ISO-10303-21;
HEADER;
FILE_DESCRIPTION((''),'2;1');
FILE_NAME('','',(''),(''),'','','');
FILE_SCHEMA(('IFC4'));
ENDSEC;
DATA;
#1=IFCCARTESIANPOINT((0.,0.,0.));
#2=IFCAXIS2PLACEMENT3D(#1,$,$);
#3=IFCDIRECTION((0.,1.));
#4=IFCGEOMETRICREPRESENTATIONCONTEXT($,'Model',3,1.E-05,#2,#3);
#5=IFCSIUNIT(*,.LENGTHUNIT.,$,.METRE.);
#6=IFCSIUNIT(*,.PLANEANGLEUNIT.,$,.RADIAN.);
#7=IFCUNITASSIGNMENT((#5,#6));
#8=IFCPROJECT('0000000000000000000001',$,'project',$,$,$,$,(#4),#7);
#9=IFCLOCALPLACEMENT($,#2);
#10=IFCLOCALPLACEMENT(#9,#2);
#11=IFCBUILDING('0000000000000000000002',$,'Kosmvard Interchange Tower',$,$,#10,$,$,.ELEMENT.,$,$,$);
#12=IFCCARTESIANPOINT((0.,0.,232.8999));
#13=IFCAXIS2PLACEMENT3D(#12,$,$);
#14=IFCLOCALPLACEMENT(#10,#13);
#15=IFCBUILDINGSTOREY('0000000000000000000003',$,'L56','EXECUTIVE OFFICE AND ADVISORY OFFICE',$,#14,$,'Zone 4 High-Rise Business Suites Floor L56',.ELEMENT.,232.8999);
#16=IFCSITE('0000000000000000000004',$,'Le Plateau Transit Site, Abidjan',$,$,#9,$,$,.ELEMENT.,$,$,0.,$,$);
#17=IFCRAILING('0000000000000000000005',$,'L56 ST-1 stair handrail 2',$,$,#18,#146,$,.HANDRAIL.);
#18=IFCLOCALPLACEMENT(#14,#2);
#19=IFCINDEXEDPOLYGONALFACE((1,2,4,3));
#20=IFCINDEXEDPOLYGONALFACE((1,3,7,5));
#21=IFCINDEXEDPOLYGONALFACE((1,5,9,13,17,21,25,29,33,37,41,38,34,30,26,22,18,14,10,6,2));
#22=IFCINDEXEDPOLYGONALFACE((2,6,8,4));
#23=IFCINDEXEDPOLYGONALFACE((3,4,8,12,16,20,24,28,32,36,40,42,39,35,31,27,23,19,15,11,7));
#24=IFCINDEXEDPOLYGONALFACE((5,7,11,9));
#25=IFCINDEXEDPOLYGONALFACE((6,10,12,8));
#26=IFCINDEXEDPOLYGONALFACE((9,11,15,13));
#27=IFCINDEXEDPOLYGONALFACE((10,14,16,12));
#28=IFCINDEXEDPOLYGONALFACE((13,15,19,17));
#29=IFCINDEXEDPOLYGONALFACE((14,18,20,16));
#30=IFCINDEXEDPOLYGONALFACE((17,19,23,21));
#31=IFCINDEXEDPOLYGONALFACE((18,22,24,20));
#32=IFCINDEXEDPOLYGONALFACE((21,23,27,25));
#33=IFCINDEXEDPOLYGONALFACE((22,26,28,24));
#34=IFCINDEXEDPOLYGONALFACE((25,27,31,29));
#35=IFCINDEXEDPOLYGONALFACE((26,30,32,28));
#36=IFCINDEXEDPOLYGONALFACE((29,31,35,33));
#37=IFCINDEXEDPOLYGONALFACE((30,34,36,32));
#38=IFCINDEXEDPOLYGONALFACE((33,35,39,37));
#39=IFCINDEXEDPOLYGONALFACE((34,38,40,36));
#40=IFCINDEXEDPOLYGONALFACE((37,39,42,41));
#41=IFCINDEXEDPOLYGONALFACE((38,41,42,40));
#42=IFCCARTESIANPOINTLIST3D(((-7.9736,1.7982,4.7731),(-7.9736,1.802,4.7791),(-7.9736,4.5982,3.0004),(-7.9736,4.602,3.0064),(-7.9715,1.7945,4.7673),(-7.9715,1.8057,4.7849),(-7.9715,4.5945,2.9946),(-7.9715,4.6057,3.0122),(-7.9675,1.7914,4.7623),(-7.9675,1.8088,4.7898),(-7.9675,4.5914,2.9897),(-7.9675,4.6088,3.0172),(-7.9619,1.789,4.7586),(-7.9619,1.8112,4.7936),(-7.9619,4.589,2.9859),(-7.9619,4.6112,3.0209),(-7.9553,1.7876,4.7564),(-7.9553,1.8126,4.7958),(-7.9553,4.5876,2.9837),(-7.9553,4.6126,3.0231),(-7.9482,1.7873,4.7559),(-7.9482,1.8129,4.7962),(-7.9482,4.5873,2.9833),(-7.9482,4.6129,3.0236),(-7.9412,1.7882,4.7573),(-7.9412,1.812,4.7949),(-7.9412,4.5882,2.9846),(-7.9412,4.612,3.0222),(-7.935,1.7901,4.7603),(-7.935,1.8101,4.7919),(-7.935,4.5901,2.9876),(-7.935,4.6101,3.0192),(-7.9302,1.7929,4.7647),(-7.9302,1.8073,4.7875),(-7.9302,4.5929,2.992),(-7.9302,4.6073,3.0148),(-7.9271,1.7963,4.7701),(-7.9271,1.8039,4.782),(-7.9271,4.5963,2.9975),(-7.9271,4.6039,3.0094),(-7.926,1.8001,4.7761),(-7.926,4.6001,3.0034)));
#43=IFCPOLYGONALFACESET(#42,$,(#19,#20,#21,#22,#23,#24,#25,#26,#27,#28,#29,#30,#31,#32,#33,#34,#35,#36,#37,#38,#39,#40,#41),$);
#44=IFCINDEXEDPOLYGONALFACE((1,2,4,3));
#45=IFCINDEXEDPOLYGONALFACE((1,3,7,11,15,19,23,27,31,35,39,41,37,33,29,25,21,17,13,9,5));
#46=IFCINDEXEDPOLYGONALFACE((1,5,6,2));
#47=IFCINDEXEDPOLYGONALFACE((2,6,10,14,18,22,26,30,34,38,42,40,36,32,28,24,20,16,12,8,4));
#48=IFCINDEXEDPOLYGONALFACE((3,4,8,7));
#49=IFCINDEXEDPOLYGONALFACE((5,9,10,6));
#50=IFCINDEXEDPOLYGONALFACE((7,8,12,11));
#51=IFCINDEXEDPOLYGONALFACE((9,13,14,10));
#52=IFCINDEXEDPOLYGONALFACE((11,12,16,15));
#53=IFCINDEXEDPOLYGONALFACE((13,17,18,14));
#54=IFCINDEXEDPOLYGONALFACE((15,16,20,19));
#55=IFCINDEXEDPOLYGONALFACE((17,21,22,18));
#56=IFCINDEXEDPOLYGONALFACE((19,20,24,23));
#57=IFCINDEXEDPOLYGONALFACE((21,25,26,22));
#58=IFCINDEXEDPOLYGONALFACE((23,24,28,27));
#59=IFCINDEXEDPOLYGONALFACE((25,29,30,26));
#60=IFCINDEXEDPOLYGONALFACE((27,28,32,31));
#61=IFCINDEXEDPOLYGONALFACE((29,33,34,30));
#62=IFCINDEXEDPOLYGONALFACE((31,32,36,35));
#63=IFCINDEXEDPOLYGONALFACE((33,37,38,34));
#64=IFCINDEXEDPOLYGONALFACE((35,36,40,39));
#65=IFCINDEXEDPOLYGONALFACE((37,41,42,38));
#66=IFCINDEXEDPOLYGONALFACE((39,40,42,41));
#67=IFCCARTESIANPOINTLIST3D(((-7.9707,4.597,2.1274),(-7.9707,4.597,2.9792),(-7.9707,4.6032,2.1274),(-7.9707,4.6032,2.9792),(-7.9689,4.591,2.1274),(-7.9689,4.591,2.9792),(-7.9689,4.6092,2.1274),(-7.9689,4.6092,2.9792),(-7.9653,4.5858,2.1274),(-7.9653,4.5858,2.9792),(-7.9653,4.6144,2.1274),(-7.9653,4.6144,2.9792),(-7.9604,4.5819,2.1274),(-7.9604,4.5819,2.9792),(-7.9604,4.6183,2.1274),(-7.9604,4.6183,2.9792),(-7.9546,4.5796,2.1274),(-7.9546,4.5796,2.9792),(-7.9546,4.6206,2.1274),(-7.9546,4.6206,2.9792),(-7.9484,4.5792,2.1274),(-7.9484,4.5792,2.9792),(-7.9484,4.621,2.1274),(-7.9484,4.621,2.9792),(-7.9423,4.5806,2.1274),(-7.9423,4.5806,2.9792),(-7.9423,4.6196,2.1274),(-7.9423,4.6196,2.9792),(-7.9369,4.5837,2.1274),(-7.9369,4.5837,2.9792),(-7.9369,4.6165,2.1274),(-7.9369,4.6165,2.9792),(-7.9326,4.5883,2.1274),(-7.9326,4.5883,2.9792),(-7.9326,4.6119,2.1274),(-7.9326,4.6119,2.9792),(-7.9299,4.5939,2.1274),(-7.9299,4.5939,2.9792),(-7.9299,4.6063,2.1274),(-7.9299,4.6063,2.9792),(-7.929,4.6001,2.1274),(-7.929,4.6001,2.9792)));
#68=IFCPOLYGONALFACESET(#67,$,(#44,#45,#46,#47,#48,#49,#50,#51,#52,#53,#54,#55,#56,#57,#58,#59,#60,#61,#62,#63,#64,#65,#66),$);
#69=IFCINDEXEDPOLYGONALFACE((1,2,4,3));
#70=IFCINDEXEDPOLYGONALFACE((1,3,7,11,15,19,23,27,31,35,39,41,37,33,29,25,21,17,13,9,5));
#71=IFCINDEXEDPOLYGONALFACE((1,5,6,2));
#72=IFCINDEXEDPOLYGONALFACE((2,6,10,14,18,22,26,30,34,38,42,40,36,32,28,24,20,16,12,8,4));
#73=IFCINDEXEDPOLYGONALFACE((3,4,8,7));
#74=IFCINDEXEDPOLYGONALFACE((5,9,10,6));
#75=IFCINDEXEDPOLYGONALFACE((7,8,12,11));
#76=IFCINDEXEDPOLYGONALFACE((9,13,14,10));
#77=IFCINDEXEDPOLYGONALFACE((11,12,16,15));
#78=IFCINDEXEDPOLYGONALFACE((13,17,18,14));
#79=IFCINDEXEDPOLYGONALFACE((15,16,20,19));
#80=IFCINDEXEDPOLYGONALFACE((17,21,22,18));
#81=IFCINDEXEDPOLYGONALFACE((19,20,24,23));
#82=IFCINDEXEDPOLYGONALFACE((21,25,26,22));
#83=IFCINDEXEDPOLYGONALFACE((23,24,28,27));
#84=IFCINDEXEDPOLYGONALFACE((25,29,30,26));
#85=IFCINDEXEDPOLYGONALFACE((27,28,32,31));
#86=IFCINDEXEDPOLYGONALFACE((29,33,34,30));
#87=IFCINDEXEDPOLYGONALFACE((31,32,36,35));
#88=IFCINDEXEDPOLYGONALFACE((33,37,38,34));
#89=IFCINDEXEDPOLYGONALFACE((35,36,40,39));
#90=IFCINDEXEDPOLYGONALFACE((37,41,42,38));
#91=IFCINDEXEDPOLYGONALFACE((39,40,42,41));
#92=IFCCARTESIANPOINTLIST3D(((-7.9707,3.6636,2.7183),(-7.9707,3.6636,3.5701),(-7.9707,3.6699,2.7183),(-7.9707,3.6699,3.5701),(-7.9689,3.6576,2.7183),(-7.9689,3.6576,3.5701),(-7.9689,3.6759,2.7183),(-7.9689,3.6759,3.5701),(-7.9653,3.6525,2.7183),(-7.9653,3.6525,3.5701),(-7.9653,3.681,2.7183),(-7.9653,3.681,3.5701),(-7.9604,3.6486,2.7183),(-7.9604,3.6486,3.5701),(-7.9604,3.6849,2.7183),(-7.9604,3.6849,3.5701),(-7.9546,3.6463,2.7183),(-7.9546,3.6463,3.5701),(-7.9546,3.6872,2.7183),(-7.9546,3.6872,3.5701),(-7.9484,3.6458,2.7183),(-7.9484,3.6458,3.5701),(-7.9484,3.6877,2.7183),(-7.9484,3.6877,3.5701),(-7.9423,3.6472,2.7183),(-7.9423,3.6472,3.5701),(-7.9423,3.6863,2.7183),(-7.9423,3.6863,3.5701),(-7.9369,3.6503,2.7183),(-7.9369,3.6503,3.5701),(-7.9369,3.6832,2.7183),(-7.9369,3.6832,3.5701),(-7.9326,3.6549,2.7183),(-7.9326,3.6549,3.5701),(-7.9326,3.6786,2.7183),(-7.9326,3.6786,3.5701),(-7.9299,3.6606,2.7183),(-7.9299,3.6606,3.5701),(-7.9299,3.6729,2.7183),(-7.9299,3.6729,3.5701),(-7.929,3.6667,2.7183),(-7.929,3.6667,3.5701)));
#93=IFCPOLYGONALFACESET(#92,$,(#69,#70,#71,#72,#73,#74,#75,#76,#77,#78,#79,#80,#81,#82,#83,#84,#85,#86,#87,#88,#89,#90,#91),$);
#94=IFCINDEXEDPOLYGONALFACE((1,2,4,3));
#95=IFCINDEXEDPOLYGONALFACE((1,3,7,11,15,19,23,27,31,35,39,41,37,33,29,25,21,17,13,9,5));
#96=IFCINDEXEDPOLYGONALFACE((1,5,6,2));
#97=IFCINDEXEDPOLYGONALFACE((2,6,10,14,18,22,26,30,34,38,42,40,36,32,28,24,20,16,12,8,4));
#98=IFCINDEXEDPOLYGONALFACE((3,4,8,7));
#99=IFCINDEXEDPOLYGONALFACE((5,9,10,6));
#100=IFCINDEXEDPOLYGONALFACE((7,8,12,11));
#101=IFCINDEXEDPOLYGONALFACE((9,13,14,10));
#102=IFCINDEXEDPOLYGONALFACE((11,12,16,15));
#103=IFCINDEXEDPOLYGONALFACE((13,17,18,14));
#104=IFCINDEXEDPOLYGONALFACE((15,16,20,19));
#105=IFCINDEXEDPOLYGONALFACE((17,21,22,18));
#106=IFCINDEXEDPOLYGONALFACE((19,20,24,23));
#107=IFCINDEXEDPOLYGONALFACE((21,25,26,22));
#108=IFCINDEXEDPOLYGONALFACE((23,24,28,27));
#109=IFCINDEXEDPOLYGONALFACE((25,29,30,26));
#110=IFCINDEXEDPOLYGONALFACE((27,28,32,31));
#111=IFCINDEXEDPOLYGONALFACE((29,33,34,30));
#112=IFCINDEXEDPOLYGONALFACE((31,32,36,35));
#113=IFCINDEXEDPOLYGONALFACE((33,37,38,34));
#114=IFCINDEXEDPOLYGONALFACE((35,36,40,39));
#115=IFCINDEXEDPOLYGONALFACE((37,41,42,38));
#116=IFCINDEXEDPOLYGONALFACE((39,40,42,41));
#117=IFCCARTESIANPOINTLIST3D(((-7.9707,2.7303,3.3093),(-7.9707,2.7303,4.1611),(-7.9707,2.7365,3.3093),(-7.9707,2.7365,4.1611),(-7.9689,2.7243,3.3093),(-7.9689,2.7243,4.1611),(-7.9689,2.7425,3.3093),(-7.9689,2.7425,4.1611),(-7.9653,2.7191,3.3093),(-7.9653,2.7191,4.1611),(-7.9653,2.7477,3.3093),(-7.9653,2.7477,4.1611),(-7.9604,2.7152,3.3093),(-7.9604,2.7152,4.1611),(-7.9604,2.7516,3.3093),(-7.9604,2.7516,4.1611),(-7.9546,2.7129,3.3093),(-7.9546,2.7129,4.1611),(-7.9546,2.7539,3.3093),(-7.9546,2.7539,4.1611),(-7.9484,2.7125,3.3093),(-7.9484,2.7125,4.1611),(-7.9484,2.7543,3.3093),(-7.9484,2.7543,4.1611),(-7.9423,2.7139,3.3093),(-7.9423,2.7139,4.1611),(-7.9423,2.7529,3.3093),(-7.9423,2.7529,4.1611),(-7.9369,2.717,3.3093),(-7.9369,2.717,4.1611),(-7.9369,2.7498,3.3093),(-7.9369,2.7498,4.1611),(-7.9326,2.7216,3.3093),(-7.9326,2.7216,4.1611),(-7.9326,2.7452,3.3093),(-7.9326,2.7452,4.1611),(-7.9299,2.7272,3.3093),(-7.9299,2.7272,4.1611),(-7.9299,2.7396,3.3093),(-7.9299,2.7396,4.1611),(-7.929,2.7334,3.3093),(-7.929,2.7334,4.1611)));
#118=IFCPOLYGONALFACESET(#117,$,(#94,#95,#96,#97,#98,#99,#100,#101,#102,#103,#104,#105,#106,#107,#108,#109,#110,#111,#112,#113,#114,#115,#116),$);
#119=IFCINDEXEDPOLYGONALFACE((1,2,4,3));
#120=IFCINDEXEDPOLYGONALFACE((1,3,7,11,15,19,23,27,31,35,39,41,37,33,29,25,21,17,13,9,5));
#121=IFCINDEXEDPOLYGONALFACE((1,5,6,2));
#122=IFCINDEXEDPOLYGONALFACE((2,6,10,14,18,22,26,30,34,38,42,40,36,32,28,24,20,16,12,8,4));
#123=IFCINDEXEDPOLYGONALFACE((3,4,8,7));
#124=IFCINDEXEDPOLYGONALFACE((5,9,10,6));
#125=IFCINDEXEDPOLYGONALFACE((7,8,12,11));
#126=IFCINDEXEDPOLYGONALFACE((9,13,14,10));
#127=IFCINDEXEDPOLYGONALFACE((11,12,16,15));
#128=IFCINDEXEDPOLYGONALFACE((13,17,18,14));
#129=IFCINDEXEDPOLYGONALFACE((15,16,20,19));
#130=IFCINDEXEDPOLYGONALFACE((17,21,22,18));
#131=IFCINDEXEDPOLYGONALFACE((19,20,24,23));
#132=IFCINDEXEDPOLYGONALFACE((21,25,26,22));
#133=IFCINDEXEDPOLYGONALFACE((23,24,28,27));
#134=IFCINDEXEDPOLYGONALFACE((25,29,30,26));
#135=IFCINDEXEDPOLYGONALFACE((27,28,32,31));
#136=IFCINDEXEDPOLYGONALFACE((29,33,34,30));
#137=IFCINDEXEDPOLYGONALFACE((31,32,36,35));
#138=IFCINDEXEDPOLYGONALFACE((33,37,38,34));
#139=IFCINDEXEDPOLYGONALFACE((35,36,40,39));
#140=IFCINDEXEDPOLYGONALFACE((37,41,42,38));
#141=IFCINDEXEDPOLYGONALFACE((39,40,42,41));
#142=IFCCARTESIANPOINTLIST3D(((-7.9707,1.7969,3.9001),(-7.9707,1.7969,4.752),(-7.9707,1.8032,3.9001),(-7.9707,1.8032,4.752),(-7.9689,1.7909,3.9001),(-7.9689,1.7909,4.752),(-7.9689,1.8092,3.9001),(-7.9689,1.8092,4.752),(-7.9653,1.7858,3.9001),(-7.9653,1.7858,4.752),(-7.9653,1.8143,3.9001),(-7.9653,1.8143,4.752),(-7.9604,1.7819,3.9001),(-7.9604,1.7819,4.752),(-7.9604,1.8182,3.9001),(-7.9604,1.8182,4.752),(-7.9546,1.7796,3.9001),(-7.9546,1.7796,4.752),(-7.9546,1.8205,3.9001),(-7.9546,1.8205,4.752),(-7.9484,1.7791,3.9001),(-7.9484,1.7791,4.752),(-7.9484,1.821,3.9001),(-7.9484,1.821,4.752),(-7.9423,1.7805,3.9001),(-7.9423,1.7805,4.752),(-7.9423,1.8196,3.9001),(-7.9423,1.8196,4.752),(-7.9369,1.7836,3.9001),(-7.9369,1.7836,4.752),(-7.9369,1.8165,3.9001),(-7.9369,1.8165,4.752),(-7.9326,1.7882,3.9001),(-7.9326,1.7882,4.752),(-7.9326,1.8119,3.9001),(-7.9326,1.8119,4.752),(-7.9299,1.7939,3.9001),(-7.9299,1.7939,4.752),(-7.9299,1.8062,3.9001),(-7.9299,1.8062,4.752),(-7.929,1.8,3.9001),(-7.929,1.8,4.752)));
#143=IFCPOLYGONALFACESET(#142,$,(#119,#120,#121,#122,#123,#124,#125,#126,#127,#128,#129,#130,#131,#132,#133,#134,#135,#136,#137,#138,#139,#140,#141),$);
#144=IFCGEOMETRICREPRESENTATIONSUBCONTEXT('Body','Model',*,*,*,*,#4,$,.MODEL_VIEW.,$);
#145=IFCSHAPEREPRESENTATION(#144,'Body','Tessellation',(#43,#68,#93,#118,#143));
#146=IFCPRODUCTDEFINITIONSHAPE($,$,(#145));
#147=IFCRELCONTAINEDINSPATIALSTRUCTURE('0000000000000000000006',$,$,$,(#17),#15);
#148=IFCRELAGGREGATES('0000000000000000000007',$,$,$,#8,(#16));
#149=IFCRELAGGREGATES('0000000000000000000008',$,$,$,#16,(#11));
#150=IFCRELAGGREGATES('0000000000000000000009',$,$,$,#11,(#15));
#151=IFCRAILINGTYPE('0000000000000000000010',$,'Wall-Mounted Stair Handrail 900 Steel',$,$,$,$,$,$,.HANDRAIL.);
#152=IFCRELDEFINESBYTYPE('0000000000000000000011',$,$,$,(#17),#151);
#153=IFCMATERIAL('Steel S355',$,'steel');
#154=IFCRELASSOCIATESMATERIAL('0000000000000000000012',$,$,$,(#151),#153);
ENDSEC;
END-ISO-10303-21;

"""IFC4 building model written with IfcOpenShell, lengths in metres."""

from ifc_helpers import new_model, si_unit, direction, frame, origin, origin_2d, place, context, subcontext, project, spatial, circle, extrude, source, transform, mapped, material, type_object, element, save


model = new_model("IFC4")

# Units and contexts
model_context = context("Model", 3, precision=1e-05, world=origin(), true_north=direction((0.0, 1.0)))
body_context = subcontext(model_context, "Body", "Model", "MODEL_VIEW")
ifc_project = project(units=[si_unit("LENGTHUNIT", "METRE"), si_unit("PLANEANGLEUNIT", "RADIAN")], contexts=[model_context])

# Site, building, storey
site_placement = place(None, origin())
site = spatial("IfcSite", under=ifc_project, at=site_placement, Name="Le Plateau Transit Site, Abidjan", CompositionType="ELEMENT", RefElevation=0.0)
building_placement = place(site_placement, origin())
building = spatial("IfcBuilding", under=site, at=building_placement, Name="Kosmvard Interchange Tower", CompositionType="ELEMENT")
storey_placement = place(building_placement, frame((0.0, 0.0, 232.8999)))
storey = spatial("IfcBuildingStorey", under=building, at=storey_placement, Name="L56", Description="EXECUTIVE OFFICE AND ADVISORY OFFICE", LongName="Zone 4 High-Rise Business Suites Floor L56", CompositionType="ELEMENT", Elevation=232.8999)

# Railing
ifc_material_1 = material(Name="Steel S355", Category="steel")
railing_type_1 = type_object("IfcRailingType", Name="Wall-Mounted Stair Handrail 900 Steel", PredefinedType="HANDRAIL", material=ifc_material_1)
shared_shape_1 = source(origin(), body_context, "Body", "SweptSolid", [
    extrude(circle(Radius=0.0239, at=origin_2d()), frame((0.0, 0.0, 0.876), z_axis=(0.0, -0.844909, 0.53491), x_axis=(1.0, 0.0, 0.0)), (0.0, 0.0, 1.0), 3.314),
    extrude(circle(Radius=0.021, at=origin_2d()), origin(), (0.0, 0.0, 1.0), 0.8518),
    extrude(circle(Radius=0.021, at=origin_2d()), frame((0.0, -0.9333, 0.5908)), (0.0, 0.0, 1.0), 0.8518),
    extrude(circle(Radius=0.021, at=origin_2d()), frame((0.0, -1.8667, 1.1819)), (0.0, 0.0, 1.0), 0.8518),
    extrude(circle(Radius=0.021, at=origin_2d()), frame((0.0, -2.8, 1.7727)), (0.0, 0.0, 1.0), 0.8518),
])
railing_1_placement = place(storey_placement, frame((-7.95, 4.6001, 2.1274)))
element("IfcRailing", 1, at=railing_1_placement, inside=storey, type_object=railing_type_1, Name="L56 ST-1 stair handrail 2", PredefinedType="HANDRAIL", context=body_context, shape_type="MappedRepresentation", body=[
    mapped(shared_shape_1, transform((0.0, 0.0, 0.0), scale=1.0)),
])

save(model, "model.ifc")
